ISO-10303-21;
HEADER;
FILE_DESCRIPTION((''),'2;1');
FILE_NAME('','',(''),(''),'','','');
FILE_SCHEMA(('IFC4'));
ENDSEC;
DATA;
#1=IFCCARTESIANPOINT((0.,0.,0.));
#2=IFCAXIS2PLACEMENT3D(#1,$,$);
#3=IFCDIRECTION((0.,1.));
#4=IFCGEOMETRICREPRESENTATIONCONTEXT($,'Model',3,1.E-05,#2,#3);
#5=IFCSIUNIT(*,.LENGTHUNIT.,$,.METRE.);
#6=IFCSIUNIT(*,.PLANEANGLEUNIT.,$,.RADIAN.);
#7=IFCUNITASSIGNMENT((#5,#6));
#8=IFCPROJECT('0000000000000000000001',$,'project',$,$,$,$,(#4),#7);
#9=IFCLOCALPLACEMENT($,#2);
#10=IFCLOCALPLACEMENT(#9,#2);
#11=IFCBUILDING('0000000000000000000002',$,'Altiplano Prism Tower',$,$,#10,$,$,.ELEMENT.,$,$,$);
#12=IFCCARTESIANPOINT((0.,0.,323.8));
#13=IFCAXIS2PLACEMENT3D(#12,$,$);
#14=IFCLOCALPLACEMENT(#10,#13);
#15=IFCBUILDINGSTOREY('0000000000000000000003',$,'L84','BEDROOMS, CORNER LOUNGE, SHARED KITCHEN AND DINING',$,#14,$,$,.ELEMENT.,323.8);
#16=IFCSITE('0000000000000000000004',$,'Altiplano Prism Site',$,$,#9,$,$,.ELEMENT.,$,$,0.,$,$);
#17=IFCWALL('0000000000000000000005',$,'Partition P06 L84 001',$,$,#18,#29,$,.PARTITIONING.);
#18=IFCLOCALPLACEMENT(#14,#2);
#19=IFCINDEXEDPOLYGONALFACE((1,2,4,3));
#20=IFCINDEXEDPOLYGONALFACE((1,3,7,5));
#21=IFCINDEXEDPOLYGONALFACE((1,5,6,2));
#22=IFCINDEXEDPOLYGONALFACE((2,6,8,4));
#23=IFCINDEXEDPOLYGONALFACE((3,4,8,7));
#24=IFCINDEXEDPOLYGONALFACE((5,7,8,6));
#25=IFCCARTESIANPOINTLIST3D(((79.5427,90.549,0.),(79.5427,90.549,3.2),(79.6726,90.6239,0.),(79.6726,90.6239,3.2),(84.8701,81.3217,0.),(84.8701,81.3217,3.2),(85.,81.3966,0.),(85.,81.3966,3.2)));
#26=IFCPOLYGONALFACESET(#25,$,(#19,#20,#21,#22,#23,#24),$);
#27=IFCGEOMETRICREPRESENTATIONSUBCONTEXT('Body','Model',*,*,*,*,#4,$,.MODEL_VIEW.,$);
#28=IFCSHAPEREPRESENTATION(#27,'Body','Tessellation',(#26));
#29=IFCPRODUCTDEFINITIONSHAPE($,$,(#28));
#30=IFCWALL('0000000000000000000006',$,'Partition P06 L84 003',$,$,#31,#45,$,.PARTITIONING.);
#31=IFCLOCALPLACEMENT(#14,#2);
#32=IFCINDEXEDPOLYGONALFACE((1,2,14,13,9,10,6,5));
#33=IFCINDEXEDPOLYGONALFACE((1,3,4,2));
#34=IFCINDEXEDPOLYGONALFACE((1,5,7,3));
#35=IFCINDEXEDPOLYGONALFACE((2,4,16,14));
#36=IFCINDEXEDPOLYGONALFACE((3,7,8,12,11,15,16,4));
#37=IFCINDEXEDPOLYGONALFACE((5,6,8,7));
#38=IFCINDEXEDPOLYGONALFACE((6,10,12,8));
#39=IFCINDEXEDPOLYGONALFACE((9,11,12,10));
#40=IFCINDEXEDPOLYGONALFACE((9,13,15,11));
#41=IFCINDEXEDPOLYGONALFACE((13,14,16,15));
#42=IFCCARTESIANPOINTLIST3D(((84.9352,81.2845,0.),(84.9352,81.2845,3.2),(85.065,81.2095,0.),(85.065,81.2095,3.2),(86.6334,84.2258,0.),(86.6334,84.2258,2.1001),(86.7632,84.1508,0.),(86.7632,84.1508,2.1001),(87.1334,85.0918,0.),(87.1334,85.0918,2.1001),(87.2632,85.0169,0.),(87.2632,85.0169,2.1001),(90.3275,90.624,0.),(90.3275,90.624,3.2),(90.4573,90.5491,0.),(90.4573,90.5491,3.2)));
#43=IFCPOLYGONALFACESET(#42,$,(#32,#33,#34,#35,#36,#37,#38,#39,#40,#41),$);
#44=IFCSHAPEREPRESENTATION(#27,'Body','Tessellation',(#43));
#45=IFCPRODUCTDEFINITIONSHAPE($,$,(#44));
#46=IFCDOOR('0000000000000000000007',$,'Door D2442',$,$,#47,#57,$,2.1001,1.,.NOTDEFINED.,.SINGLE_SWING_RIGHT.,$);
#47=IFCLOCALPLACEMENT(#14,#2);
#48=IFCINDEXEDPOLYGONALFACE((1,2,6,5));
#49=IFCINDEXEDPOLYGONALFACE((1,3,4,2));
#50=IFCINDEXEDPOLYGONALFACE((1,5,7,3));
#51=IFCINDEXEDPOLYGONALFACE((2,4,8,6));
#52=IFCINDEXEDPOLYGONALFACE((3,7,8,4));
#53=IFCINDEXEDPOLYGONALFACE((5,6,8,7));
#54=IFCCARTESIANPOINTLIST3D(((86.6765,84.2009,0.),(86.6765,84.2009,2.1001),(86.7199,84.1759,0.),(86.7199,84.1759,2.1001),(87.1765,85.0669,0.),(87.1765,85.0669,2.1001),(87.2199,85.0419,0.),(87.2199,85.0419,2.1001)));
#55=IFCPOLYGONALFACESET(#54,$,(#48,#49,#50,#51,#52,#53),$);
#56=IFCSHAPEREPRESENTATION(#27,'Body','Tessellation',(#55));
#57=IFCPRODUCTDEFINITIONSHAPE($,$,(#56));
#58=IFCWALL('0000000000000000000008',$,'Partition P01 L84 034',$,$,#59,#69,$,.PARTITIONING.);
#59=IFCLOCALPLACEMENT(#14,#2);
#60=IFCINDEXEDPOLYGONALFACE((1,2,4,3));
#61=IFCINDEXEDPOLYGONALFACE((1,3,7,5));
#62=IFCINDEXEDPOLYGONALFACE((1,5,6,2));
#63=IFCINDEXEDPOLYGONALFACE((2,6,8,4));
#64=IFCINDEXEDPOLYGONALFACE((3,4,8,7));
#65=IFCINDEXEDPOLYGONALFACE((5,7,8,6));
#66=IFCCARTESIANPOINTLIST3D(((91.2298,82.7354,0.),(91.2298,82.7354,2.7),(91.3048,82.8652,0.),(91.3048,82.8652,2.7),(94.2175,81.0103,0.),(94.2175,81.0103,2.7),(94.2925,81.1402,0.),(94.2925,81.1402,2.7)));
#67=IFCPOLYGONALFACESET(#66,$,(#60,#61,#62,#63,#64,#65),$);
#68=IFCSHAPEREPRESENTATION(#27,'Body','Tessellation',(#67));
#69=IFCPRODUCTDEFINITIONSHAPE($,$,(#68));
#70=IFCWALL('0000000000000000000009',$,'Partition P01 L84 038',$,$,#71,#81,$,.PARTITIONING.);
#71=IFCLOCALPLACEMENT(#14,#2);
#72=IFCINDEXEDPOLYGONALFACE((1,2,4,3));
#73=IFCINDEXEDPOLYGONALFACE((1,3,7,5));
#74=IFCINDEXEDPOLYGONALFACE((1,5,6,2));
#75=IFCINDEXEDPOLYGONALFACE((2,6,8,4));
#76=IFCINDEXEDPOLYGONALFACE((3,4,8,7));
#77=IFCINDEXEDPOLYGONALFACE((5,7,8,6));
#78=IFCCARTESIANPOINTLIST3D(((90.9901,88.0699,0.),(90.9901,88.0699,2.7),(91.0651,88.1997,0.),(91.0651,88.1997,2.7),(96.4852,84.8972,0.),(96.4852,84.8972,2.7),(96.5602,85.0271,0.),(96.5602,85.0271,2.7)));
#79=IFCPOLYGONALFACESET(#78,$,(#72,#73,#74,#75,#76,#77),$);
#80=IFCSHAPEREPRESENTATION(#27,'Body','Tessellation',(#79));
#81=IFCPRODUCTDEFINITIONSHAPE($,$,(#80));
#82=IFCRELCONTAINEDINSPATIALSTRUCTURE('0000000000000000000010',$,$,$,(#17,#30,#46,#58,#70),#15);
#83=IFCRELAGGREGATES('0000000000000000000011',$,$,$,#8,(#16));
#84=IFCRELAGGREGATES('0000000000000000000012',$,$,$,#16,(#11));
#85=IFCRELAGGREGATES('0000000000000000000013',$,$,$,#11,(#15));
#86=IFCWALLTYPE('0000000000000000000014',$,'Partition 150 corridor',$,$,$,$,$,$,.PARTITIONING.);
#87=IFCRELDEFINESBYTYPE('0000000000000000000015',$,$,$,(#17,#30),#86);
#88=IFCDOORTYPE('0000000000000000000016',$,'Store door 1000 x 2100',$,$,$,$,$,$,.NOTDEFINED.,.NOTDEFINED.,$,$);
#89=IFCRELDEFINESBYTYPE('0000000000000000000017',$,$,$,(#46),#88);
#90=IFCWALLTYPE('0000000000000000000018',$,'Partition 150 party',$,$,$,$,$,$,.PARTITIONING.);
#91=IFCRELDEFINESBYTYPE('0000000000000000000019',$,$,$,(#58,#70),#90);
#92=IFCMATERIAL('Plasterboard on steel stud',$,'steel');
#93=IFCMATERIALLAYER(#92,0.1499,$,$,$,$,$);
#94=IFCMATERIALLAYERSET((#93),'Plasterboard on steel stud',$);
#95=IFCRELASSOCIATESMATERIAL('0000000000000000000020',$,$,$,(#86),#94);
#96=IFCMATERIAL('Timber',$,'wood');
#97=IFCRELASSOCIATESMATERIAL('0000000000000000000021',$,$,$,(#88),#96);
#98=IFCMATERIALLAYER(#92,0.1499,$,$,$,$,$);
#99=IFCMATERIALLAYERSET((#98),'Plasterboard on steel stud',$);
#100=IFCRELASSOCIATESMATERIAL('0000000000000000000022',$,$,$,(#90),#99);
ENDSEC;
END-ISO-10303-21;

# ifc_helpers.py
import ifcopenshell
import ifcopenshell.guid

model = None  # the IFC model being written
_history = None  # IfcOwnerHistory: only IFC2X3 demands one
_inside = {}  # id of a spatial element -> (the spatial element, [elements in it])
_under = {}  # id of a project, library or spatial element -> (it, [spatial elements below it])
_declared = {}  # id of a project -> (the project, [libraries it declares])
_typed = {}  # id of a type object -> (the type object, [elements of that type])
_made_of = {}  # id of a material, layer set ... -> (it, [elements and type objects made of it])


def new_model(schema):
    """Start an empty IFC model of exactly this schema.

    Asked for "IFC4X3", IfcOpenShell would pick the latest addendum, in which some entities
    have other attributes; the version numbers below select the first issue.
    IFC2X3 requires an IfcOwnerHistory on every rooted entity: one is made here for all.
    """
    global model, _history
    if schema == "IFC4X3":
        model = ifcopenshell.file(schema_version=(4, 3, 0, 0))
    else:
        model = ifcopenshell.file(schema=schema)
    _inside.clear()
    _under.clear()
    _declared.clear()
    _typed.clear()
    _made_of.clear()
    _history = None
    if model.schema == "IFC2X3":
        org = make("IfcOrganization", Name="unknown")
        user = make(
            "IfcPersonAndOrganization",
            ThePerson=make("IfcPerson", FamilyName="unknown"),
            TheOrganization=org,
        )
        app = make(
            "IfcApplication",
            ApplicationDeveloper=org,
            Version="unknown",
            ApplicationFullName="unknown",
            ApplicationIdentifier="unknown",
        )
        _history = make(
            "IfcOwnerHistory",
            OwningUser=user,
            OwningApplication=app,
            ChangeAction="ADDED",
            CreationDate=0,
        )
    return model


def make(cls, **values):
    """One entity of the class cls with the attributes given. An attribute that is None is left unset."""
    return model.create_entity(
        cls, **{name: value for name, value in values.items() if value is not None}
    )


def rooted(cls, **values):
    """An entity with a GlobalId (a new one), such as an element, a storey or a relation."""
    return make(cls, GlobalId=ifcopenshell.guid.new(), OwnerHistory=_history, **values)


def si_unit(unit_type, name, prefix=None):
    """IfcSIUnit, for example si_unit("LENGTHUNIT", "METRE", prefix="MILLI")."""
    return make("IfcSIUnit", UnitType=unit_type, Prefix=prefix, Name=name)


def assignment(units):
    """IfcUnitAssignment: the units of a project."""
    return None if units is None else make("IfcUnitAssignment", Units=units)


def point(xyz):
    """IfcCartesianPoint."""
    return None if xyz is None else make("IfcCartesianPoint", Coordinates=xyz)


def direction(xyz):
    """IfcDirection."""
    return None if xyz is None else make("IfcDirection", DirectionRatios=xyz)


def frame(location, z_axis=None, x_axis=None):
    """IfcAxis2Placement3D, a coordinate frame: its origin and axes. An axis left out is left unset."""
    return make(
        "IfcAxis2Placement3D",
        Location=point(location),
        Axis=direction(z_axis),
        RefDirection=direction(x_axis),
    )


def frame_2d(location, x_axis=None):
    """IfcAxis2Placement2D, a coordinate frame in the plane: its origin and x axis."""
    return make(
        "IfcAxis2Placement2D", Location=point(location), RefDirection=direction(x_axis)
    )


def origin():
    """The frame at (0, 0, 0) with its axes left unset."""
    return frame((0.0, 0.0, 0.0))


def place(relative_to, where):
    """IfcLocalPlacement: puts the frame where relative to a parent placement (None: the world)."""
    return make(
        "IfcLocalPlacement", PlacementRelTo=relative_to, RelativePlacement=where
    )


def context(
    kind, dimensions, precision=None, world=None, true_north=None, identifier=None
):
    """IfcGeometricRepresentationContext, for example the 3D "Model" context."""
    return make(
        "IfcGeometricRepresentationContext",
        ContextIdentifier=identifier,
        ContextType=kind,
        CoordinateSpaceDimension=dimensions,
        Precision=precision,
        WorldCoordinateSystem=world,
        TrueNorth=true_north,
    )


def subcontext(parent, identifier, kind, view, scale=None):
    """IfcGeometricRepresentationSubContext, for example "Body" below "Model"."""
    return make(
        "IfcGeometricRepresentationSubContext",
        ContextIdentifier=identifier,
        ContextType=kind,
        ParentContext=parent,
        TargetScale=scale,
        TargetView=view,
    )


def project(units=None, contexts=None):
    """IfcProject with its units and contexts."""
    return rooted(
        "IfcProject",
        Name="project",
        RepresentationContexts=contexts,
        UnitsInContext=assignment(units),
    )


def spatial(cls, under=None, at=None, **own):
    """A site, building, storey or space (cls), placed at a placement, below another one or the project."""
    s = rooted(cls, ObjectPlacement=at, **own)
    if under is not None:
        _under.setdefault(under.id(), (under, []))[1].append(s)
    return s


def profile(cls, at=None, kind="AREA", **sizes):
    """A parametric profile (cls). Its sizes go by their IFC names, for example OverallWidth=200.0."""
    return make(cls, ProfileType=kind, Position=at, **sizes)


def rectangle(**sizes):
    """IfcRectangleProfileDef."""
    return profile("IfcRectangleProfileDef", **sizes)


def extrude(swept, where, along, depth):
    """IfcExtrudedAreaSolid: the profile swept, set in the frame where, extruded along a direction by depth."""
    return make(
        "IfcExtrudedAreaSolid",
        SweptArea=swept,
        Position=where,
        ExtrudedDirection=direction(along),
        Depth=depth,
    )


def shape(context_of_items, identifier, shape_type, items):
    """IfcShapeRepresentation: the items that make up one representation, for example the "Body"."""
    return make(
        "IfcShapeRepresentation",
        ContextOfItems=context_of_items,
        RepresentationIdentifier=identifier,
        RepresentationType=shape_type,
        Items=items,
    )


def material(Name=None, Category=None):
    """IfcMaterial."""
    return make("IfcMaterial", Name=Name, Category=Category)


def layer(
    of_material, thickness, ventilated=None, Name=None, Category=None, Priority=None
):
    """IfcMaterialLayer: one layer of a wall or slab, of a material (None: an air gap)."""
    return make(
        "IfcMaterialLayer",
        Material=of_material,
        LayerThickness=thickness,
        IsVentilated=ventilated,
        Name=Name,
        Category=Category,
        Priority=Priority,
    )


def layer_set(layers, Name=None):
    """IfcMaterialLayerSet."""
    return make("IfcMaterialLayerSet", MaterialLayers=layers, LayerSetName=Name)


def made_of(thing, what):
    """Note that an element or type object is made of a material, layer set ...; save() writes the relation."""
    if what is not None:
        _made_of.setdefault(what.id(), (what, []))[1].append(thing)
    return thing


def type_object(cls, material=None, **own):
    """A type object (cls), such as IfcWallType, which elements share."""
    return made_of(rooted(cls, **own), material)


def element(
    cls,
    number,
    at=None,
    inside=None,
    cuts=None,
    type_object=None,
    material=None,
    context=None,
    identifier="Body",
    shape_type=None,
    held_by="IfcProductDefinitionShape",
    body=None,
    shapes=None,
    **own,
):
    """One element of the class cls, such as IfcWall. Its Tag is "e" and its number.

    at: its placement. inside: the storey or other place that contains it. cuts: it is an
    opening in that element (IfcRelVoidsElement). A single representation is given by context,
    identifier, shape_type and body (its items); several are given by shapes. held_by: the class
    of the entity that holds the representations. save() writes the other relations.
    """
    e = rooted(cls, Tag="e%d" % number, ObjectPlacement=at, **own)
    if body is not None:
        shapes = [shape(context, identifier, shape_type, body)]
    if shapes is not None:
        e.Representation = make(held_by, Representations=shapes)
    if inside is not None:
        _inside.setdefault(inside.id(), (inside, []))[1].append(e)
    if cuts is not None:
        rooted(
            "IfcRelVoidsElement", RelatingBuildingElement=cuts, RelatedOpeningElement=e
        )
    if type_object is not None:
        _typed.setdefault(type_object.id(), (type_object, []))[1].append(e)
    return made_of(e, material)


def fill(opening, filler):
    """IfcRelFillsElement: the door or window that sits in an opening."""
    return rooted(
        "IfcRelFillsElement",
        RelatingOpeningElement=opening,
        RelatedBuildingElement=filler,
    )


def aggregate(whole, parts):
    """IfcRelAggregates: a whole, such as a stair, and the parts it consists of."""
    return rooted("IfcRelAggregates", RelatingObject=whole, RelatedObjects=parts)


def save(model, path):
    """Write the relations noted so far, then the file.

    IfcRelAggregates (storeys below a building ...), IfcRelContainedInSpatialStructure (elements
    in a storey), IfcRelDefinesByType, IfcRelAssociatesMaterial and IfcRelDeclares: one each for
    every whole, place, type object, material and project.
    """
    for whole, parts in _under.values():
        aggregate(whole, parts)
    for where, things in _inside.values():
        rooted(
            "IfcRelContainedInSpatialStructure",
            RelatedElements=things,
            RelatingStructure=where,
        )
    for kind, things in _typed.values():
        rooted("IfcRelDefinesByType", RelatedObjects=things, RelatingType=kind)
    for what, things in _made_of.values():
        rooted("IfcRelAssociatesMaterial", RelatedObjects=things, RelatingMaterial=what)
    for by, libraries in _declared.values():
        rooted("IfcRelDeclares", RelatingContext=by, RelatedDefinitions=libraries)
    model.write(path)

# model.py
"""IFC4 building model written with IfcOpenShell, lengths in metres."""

from ifc_helpers import new_model, si_unit, direction, frame, frame_2d, origin, place, context, subcontext, project, spatial, rectangle, extrude, material, layer, layer_set, type_object, element, fill, save


model = new_model("IFC4")

# Units and contexts
model_context = context("Model", 3, precision=1e-05, world=origin(), true_north=direction((0.0, 1.0)))
body_context = subcontext(model_context, "Body", "Model", "MODEL_VIEW")
ifc_project = project(units=[si_unit("LENGTHUNIT", "METRE"), si_unit("PLANEANGLEUNIT", "RADIAN")], contexts=[model_context])

# Site, building, storey
site_placement = place(None, origin())
site = spatial("IfcSite", under=ifc_project, at=site_placement, Name="Altiplano Prism Site", CompositionType="ELEMENT", RefElevation=0.0)
building_placement = place(site_placement, origin())
building = spatial("IfcBuilding", under=site, at=building_placement, Name="Altiplano Prism Tower", CompositionType="ELEMENT")
storey_placement = place(building_placement, frame((0.0, 0.0, 323.8)))
storey = spatial("IfcBuildingStorey", under=building, at=storey_placement, Name="L84", Description="BEDROOMS, CORNER LOUNGE, SHARED KITCHEN AND DINING", CompositionType="ELEMENT", Elevation=323.8)

# Shared definitions
ifc_material_1 = material(Name="Plasterboard on steel stud", Category="steel")
ifc_material_2 = material(Name="Timber", Category="wood")

# Wall
ifc_layer_1 = layer(ifc_material_1, 0.1499)
ifc_layer_set_1 = layer_set([ifc_layer_1], Name="Plasterboard on steel stud")
wall_type_1 = type_object("IfcWallType", Name="Partition 150 corridor", PredefinedType="PARTITIONING", material=ifc_layer_set_1)
wall_1_placement = place(storey_placement, frame((84.9351, 81.3591, 0.0), z_axis=(0.0, 0.0, 1.0), x_axis=(-0.500001, 0.866025, 0.0)))
element("IfcWall", 1, at=wall_1_placement, inside=storey, type_object=wall_type_1, Name="Partition P06 L84 001", PredefinedType="PARTITIONING", context=body_context, shape_type="SweptSolid", body=[
    extrude(rectangle(XDim=10.6548, YDim=0.1499, at=frame_2d((5.3274, 0.0))), origin(), (0.0, 0.0, 1.0), 3.2),
])

# Wall, opening, door
wall_2_placement = place(storey_placement, frame((90.3923, 90.5864, 0.0), z_axis=(0.0, 0.0, 1.0), x_axis=(-0.500008, -0.866021, 0.0)))
wall_2 = element("IfcWall", 2, at=wall_2_placement, inside=storey, type_object=wall_type_1, Name="Partition P06 L84 003", PredefinedType="PARTITIONING", context=body_context, shape_type="SweptSolid", body=[
    extrude(rectangle(XDim=10.7844, YDim=0.1499, at=frame_2d((5.3921, 0.0))), origin(), (0.0, 0.0, 1.0), 3.2),
])
opening_1_placement = place(wall_2_placement, frame((6.3879, 0.0, 0.0)))
opening_1 = element("IfcOpeningElement", 3, at=opening_1_placement, cuts=wall_2, PredefinedType="OPENING", context=body_context, shape_type="SweptSolid", body=[
    extrude(rectangle(XDim=1.0, YDim=2.1001, at=frame_2d((0.5, 1.05))), frame((0.0, 0.0854, 0.0), z_axis=(0.0, -1.0, 0.0), x_axis=(1.0, 0.0, 0.0)), (0.0, 0.0, 1.0), 0.1709),
])
door_type_1 = type_object("IfcDoorType", Name="Store door 1000 x 2100", OperationType="NOTDEFINED", PredefinedType="NOTDEFINED", material=ifc_material_2)
door_1_placement = place(opening_1_placement, origin())
door_1 = element("IfcDoor", 4, at=door_1_placement, inside=storey, type_object=door_type_1, Name="Door D2442", OperationType="SINGLE_SWING_RIGHT", OverallHeight=2.1001, OverallWidth=1.0, PredefinedType="NOTDEFINED", context=body_context, shape_type="SweptSolid", body=[
    extrude(rectangle(XDim=1.0, YDim=2.1001, at=frame_2d((0.5, 1.05))), frame((0.0, 0.0249, 0.0), z_axis=(0.0, -1.0, 0.0), x_axis=(1.0, 0.0, 0.0)), (0.0, 0.0, 1.0), 0.05),
])
fill(opening_1, door_1)

# Walls
ifc_layer_2 = layer(ifc_material_1, 0.1499)
ifc_layer_set_2 = layer_set([ifc_layer_2], Name="Plasterboard on steel stud")
wall_type_2 = type_object("IfcWallType", Name="Partition 150 party", PredefinedType="PARTITIONING", material=ifc_layer_set_2)
wall_3_placement = place(storey_placement, frame((94.2551, 81.0752, 0.0), z_axis=(0.0, 0.0, 1.0), x_axis=(-0.866014, 0.500021, 0.0)))
element("IfcWall", 5, at=wall_3_placement, inside=storey, type_object=wall_type_2, Name="Partition P01 L84 034", PredefinedType="PARTITIONING", context=body_context, shape_type="SweptSolid", body=[
    extrude(rectangle(XDim=3.45, YDim=0.1499, at=frame_2d((1.7251, 0.0))), origin(), (0.0, 0.0, 1.0), 2.7),
])
wall_4_placement = place(storey_placement, frame((96.5227, 84.9622, 0.0), z_axis=(0.0, 0.0, 1.0), x_axis=(-0.866025, 0.5, 0.0)))
element("IfcWall", 6, at=wall_4_placement, inside=storey, type_object=wall_type_2, Name="Partition P01 L84 038", PredefinedType="PARTITIONING", context=body_context, shape_type="SweptSolid", body=[
    extrude(rectangle(XDim=6.3452, YDim=0.1499, at=frame_2d((3.1726, 0.0))), origin(), (0.0, 0.0, 1.0), 2.7),
])

save(model, "model.ifc")
